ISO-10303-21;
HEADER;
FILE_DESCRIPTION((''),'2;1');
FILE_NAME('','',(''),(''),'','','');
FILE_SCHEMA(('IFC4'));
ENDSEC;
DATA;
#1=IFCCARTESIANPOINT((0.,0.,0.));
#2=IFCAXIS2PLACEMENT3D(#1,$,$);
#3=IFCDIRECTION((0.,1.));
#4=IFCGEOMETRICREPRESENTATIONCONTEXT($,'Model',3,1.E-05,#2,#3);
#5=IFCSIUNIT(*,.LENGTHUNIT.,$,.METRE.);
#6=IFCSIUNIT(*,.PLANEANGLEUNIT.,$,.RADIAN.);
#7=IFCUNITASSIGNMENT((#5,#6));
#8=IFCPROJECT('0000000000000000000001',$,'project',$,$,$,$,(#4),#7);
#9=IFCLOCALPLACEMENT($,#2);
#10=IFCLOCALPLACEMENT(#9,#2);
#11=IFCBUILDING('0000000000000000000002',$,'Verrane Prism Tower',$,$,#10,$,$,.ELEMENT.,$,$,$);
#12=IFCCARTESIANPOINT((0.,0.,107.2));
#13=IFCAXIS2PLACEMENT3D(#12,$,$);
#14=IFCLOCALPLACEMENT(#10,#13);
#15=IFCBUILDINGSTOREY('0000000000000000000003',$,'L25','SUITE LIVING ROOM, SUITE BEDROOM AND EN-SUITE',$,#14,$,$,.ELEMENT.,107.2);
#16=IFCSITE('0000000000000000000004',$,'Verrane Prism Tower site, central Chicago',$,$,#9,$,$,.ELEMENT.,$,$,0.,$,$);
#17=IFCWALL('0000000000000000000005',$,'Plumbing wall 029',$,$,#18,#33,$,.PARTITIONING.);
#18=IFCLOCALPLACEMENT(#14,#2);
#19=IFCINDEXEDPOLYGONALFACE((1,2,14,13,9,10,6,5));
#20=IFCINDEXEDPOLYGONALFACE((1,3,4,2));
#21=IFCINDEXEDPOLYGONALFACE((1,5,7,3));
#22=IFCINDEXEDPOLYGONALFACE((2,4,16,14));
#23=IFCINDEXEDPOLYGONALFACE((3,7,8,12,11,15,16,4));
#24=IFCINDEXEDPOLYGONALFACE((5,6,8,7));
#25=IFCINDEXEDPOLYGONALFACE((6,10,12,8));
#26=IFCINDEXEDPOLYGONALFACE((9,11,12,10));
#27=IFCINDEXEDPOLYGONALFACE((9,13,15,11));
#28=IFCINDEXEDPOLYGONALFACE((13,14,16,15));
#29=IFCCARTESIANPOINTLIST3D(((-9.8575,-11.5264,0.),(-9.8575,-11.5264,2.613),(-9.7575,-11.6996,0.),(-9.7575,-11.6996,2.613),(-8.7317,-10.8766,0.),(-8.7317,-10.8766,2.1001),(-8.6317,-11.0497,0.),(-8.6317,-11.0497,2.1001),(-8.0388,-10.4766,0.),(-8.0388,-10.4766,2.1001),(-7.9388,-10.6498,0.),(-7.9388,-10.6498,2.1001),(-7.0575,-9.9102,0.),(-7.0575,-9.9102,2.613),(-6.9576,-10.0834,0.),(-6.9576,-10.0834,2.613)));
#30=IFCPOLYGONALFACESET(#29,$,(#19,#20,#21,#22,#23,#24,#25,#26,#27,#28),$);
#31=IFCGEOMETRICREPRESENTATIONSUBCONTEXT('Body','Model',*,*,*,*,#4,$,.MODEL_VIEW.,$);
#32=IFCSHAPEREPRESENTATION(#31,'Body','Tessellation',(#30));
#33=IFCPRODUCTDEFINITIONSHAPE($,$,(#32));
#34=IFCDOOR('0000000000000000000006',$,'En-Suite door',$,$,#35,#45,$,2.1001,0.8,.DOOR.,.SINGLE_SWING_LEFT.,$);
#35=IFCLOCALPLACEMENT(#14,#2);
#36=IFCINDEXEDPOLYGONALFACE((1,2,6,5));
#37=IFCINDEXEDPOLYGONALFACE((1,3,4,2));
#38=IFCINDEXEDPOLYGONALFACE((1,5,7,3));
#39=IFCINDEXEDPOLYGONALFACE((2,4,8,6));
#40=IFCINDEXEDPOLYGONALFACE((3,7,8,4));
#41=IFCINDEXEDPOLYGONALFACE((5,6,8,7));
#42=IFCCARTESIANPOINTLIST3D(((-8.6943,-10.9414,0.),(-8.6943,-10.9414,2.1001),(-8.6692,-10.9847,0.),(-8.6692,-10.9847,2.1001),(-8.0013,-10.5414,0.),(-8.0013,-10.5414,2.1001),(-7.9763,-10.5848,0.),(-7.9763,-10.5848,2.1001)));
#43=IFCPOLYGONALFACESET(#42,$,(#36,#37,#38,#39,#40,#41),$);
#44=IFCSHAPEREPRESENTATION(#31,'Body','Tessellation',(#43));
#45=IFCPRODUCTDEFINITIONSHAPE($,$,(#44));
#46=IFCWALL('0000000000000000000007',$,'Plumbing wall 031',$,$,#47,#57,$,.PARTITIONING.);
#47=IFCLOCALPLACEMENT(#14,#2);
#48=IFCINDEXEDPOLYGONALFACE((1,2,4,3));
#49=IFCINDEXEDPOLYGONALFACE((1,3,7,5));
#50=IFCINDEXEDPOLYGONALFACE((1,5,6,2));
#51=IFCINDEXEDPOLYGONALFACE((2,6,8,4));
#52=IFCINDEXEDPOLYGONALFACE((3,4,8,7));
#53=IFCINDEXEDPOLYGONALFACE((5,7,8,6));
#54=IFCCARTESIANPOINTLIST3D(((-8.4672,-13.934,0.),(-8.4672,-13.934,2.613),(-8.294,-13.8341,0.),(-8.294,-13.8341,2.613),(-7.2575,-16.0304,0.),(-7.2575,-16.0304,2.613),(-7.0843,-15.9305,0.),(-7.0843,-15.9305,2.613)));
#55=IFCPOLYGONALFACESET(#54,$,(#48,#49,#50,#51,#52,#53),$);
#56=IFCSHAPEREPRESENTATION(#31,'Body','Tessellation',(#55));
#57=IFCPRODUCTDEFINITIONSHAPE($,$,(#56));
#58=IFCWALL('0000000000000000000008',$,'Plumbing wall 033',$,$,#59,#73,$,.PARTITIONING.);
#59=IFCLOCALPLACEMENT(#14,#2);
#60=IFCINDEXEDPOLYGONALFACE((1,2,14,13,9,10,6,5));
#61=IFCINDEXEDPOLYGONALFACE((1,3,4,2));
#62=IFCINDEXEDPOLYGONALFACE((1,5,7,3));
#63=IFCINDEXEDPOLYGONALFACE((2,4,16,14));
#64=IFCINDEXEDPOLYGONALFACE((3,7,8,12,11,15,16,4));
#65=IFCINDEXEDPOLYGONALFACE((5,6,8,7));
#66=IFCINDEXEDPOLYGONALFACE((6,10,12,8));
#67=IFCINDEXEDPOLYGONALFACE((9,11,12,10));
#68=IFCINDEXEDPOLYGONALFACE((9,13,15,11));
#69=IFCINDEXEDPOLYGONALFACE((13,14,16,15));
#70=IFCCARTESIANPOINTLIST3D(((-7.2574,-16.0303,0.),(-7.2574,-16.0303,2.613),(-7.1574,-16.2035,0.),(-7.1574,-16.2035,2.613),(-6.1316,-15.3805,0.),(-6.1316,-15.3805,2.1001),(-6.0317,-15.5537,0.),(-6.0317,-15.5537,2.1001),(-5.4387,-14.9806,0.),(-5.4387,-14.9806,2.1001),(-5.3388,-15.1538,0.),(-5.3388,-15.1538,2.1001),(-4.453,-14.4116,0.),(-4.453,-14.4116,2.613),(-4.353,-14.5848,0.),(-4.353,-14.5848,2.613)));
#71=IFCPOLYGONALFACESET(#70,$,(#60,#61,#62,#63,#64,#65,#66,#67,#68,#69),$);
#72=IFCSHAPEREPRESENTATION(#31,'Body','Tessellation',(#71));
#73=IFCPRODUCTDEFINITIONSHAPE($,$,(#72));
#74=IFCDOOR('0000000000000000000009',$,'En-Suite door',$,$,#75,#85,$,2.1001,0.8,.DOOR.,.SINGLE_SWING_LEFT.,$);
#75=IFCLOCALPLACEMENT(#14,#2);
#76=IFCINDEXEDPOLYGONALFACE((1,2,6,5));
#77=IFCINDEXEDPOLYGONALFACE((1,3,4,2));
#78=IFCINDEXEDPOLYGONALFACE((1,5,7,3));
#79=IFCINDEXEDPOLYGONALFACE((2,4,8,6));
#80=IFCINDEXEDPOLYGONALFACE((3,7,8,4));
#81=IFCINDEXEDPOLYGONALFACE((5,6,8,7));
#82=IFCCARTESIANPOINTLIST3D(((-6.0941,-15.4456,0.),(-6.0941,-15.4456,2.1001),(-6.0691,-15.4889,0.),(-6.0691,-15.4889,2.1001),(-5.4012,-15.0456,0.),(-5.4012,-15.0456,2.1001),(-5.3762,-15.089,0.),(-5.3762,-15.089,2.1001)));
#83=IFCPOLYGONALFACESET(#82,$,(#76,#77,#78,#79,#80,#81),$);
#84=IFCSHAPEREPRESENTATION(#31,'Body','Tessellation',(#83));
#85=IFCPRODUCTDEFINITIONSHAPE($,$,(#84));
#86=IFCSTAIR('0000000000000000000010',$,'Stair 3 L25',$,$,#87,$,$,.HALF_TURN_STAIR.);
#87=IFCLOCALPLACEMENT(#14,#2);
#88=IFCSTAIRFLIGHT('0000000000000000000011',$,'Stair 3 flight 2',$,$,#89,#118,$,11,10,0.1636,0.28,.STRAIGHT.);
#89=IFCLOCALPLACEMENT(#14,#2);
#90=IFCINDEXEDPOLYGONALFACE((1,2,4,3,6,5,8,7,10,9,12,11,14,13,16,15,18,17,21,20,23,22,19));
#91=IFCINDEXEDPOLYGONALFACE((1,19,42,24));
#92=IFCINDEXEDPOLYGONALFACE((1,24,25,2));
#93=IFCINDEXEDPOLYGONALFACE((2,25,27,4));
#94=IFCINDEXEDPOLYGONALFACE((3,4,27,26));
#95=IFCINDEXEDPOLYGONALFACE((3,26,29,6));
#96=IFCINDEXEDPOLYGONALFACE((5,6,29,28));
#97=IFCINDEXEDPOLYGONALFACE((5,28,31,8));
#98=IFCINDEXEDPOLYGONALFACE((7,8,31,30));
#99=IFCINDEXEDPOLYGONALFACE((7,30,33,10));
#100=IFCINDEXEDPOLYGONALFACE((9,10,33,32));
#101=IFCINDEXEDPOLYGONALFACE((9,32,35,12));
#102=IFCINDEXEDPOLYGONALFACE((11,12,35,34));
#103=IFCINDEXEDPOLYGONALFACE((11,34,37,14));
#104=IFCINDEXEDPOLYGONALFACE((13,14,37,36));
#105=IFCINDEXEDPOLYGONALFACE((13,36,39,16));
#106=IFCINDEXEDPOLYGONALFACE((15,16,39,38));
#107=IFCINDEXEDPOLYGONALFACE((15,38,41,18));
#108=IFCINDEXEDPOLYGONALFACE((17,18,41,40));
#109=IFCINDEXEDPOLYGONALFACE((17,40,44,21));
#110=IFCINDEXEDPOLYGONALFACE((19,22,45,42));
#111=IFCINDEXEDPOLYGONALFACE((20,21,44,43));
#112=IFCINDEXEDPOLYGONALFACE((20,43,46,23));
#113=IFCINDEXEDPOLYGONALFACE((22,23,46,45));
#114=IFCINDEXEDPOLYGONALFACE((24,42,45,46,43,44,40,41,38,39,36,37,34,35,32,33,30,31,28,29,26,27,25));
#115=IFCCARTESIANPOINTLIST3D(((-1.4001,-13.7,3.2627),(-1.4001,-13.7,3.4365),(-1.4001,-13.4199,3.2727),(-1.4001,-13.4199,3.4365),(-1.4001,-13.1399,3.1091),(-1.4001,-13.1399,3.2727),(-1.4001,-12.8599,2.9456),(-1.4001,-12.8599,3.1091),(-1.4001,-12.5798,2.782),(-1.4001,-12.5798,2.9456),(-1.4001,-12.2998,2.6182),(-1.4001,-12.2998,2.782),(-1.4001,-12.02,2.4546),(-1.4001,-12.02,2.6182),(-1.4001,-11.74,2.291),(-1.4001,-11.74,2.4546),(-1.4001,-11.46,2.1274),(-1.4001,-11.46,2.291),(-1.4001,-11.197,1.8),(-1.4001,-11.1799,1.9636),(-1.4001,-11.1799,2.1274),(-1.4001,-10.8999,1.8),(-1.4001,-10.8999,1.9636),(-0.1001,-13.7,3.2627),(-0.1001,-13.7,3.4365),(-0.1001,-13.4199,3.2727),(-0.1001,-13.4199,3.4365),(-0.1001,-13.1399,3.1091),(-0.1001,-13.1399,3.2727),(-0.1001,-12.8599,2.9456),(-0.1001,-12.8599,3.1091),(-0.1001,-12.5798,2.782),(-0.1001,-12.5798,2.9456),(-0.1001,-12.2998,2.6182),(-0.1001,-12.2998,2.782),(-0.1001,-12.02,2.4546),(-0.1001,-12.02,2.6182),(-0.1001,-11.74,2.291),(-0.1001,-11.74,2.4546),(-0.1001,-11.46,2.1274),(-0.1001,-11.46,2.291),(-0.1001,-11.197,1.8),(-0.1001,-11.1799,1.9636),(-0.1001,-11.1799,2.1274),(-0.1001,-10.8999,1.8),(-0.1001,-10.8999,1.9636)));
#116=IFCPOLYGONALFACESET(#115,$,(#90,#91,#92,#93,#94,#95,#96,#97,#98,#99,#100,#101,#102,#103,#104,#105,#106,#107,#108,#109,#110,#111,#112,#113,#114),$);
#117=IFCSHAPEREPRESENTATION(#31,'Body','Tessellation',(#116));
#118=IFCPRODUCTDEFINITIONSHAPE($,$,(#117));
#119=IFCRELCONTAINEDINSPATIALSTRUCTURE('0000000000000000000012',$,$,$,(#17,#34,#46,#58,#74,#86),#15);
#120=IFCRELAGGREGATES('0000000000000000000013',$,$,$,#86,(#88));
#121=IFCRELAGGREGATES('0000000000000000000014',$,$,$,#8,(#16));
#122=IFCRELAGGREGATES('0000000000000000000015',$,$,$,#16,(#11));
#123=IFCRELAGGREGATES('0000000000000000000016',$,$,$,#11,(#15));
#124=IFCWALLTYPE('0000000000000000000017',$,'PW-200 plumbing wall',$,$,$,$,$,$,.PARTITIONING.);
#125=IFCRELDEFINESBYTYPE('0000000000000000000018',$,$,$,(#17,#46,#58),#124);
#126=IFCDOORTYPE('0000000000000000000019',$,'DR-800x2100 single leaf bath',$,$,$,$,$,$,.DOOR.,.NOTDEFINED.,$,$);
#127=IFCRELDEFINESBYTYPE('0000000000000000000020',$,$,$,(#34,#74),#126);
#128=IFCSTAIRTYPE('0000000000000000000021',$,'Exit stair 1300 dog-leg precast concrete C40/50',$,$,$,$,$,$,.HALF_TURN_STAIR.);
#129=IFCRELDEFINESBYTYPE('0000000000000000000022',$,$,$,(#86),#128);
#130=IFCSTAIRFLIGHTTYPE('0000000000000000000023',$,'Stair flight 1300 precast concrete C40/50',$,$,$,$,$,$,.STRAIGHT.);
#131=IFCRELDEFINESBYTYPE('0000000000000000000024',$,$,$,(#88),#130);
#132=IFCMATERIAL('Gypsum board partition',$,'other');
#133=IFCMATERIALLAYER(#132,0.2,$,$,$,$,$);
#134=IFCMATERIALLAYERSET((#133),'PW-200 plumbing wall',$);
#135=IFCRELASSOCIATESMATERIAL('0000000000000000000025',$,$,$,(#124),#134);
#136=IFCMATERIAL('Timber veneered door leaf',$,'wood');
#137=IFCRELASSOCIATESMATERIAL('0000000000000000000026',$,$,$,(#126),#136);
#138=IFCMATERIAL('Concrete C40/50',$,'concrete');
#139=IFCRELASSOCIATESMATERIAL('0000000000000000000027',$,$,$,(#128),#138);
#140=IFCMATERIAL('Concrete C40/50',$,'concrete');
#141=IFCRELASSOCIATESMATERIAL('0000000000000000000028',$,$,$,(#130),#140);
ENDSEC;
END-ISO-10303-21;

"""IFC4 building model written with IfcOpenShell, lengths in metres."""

from ifc_helpers import new_model, si_unit, direction, frame, frame_2d, origin, place, context, subcontext, project, spatial, polyline, rectangle, outline, extrude, material, layer, layer_set, type_object, element, fill, aggregate, save


model = new_model("IFC4")

# Units and contexts
model_context = context("Model", 3, precision=1e-05, world=origin(), true_north=direction((0.0, 1.0)))
body_context = subcontext(model_context, "Body", "Model", "MODEL_VIEW")
ifc_project = project(units=[si_unit("LENGTHUNIT", "METRE"), si_unit("PLANEANGLEUNIT", "RADIAN")], contexts=[model_context])

# Site, building, storey
site_placement = place(None, origin())
site = spatial("IfcSite", under=ifc_project, at=site_placement, Name="Verrane Prism Tower site, central Chicago", CompositionType="ELEMENT", RefElevation=0.0)
building_placement = place(site_placement, origin())
building = spatial("IfcBuilding", under=site, at=building_placement, Name="Verrane Prism Tower", CompositionType="ELEMENT")
storey_placement = place(building_placement, frame((0.0, 0.0, 107.2)))
storey = spatial("IfcBuildingStorey", under=building, at=storey_placement, Name="L25", Description="SUITE LIVING ROOM, SUITE BEDROOM AND EN-SUITE", CompositionType="ELEMENT", Elevation=107.2)

# Shared definitions
ifc_material_1 = material(Name="Gypsum board partition", Category="other")
ifc_layer_1 = layer(ifc_material_1, 0.2)
ifc_layer_set_1 = layer_set([ifc_layer_1], Name="PW-200 plumbing wall")
wall_type_1 = type_object("IfcWallType", Name="PW-200 plumbing wall", PredefinedType="PARTITIONING", material=ifc_layer_set_1)

# Wall, opening, door
wall_1_placement = place(storey_placement, frame((-7.0076, -9.9968, 0.0), z_axis=(0.0, 0.0, 1.0), x_axis=(-0.866079, -0.499908, 0.0)))
wall_1 = element("IfcWall", 1, at=wall_1_placement, inside=storey, type_object=wall_type_1, Name="Plumbing wall 029", PredefinedType="PARTITIONING", context=body_context, shape_type="SweptSolid", body=[
    extrude(rectangle(XDim=3.2329, YDim=0.2, at=frame_2d((1.6165, 0.0))), origin(), (0.0, 0.0, 1.0), 2.613),
])
opening_1_placement = place(wall_1_placement, frame((1.1331, 0.0, 0.0)))
opening_1 = element("IfcOpeningElement", 2, at=opening_1_placement, cuts=wall_1, PredefinedType="OPENING", context=body_context, shape_type="SweptSolid", body=[
    extrude(rectangle(XDim=0.8, YDim=2.1001, at=frame_2d((0.3999, 1.05))), frame((0.0, 0.1099, 0.0), z_axis=(0.0, -1.0, 0.0), x_axis=(1.0, 0.0, 0.0)), (0.0, 0.0, 1.0), 0.22),
])
ifc_material_2 = material(Name="Timber veneered door leaf", Category="wood")
door_type_1 = type_object("IfcDoorType", Name="DR-800x2100 single leaf bath", OperationType="NOTDEFINED", PredefinedType="DOOR", material=ifc_material_2)
door_1_placement = place(opening_1_placement, origin())
door_1 = element("IfcDoor", 3, at=door_1_placement, inside=storey, type_object=door_type_1, Name="En-Suite door", OperationType="SINGLE_SWING_LEFT", OverallHeight=2.1001, OverallWidth=0.8, PredefinedType="DOOR", context=body_context, shape_type="SweptSolid", body=[
    extrude(rectangle(XDim=0.8, YDim=2.1001, at=frame_2d((0.3999, 1.05))), frame((0.0, 0.0249, 0.0), z_axis=(0.0, -1.0, 0.0), x_axis=(1.0, 0.0, 0.0)), (0.0, 0.0, 1.0), 0.05),
])
fill(opening_1, door_1)

# Wall
wall_2_placement = place(storey_placement, frame((-8.3806, -13.884, 0.0), z_axis=(0.0, 0.0, 1.0), x_axis=(0.499795, -0.866144, 0.0)))
element("IfcWall", 4, at=wall_2_placement, inside=storey, type_object=wall_type_1, Name="Plumbing wall 031", PredefinedType="PARTITIONING", context=body_context, shape_type="SweptSolid", body=[
    extrude(rectangle(XDim=2.4204, YDim=0.2, at=frame_2d((1.2102, 0.0))), origin(), (0.0, 0.0, 1.0), 2.613),
])

# Wall, opening, door
wall_3_placement = place(storey_placement, frame((-7.2075, -16.1169, 0.0), z_axis=(0.0, 0.0, 1.0), x_axis=(0.866091, 0.499886, 0.0)))
wall_3 = element("IfcWall", 5, at=wall_3_placement, inside=storey, type_object=wall_type_1, Name="Plumbing wall 033", PredefinedType="PARTITIONING", context=body_context, shape_type="SweptSolid", body=[
    extrude(rectangle(XDim=3.238, YDim=0.2, at=frame_2d((1.6191, 0.0))), origin(), (0.0, 0.0, 1.0), 2.613),
])
opening_2_placement = place(wall_3_placement, frame((1.3, 0.0, 0.0)))
opening_2 = element("IfcOpeningElement", 6, at=opening_2_placement, cuts=wall_3, PredefinedType="OPENING", context=body_context, shape_type="SweptSolid", body=[
    extrude(rectangle(XDim=0.8, YDim=2.1001, at=frame_2d((0.3999, 1.05))), frame((0.0, 0.1099, 0.0), z_axis=(0.0, -1.0, 0.0), x_axis=(1.0, 0.0, 0.0)), (0.0, 0.0, 1.0), 0.22),
])
door_2_placement = place(opening_2_placement, origin())
door_2 = element("IfcDoor", 7, at=door_2_placement, inside=storey, type_object=door_type_1, Name="En-Suite door", OperationType="SINGLE_SWING_LEFT", OverallHeight=2.1001, OverallWidth=0.8, PredefinedType="DOOR", context=body_context, shape_type="SweptSolid", body=[
    extrude(rectangle(XDim=0.8, YDim=2.1001, at=frame_2d((0.3999, 1.05))), frame((0.0, 0.0249, 0.0), z_axis=(0.0, -1.0, 0.0), x_axis=(1.0, 0.0, 0.0)), (0.0, 0.0, 1.0), 0.05),
])
fill(opening_2, door_2)

# Stair, stair flight
ifc_material_3 = material(Name="Concrete C40/50", Category="concrete")
stair_type = type_object("IfcStairType", Name="Exit stair 1300 dog-leg precast concrete C40/50", PredefinedType="HALF_TURN_STAIR", material=ifc_material_3)
stair_placement = place(storey_placement, origin())
stair = element("IfcStair", 8, at=stair_placement, inside=storey, type_object=stair_type, Name="Stair 3 L25", PredefinedType="HALF_TURN_STAIR")
ifc_material_4 = material(Name="Concrete C40/50", Category="concrete")
stair_flight_type = type_object("IfcStairFlightType", Name="Stair flight 1300 precast concrete C40/50", PredefinedType="STRAIGHT", material=ifc_material_4)
stair_flight_placement = place(storey_placement, frame((-0.75, -10.8999, 1.8), z_axis=(0.0, 0.0, 1.0), x_axis=(0.0, -1.0, 0.0)))
stair_flight = element("IfcStairFlight", 9, at=stair_flight_placement, type_object=stair_flight_type, Name="Stair 3 flight 2", NumberOfRisers=11, NumberOfTreads=10, PredefinedType="STRAIGHT", RiserHeight=0.1636, TreadLength=0.28, context=body_context, shape_type="SweptSolid", body=[
    extrude(outline(polyline([(0.0, 0.0), (0.0, 0.1636), (0.28, 0.1636), (0.28, 0.3274), (0.5601, 0.3274), (0.5601, 0.491), (0.8401, 0.491), (0.8401, 0.6545), (1.1201, 0.6545), (1.1201, 0.8181), (1.3999, 0.8181), (1.3999, 0.9819), (1.6799, 0.9819), (1.6799, 1.1455), (1.96, 1.1455), (1.96, 1.3091), (2.24, 1.3091), (2.24, 1.4727), (2.52, 1.4727), (2.52, 1.6365), (2.8, 1.6365), (2.8, 1.8), (2.8, 1.4626), (0.2971, 0.0), (0.0, 0.0)])), frame((0.0, 0.6499, 0.0), z_axis=(0.0, -1.0, 0.0), x_axis=(1.0, 0.0, 0.0)), (0.0, 0.0, 1.0), 1.3),
])
aggregate(stair, [stair_flight])

save(model, "model.ifc")
